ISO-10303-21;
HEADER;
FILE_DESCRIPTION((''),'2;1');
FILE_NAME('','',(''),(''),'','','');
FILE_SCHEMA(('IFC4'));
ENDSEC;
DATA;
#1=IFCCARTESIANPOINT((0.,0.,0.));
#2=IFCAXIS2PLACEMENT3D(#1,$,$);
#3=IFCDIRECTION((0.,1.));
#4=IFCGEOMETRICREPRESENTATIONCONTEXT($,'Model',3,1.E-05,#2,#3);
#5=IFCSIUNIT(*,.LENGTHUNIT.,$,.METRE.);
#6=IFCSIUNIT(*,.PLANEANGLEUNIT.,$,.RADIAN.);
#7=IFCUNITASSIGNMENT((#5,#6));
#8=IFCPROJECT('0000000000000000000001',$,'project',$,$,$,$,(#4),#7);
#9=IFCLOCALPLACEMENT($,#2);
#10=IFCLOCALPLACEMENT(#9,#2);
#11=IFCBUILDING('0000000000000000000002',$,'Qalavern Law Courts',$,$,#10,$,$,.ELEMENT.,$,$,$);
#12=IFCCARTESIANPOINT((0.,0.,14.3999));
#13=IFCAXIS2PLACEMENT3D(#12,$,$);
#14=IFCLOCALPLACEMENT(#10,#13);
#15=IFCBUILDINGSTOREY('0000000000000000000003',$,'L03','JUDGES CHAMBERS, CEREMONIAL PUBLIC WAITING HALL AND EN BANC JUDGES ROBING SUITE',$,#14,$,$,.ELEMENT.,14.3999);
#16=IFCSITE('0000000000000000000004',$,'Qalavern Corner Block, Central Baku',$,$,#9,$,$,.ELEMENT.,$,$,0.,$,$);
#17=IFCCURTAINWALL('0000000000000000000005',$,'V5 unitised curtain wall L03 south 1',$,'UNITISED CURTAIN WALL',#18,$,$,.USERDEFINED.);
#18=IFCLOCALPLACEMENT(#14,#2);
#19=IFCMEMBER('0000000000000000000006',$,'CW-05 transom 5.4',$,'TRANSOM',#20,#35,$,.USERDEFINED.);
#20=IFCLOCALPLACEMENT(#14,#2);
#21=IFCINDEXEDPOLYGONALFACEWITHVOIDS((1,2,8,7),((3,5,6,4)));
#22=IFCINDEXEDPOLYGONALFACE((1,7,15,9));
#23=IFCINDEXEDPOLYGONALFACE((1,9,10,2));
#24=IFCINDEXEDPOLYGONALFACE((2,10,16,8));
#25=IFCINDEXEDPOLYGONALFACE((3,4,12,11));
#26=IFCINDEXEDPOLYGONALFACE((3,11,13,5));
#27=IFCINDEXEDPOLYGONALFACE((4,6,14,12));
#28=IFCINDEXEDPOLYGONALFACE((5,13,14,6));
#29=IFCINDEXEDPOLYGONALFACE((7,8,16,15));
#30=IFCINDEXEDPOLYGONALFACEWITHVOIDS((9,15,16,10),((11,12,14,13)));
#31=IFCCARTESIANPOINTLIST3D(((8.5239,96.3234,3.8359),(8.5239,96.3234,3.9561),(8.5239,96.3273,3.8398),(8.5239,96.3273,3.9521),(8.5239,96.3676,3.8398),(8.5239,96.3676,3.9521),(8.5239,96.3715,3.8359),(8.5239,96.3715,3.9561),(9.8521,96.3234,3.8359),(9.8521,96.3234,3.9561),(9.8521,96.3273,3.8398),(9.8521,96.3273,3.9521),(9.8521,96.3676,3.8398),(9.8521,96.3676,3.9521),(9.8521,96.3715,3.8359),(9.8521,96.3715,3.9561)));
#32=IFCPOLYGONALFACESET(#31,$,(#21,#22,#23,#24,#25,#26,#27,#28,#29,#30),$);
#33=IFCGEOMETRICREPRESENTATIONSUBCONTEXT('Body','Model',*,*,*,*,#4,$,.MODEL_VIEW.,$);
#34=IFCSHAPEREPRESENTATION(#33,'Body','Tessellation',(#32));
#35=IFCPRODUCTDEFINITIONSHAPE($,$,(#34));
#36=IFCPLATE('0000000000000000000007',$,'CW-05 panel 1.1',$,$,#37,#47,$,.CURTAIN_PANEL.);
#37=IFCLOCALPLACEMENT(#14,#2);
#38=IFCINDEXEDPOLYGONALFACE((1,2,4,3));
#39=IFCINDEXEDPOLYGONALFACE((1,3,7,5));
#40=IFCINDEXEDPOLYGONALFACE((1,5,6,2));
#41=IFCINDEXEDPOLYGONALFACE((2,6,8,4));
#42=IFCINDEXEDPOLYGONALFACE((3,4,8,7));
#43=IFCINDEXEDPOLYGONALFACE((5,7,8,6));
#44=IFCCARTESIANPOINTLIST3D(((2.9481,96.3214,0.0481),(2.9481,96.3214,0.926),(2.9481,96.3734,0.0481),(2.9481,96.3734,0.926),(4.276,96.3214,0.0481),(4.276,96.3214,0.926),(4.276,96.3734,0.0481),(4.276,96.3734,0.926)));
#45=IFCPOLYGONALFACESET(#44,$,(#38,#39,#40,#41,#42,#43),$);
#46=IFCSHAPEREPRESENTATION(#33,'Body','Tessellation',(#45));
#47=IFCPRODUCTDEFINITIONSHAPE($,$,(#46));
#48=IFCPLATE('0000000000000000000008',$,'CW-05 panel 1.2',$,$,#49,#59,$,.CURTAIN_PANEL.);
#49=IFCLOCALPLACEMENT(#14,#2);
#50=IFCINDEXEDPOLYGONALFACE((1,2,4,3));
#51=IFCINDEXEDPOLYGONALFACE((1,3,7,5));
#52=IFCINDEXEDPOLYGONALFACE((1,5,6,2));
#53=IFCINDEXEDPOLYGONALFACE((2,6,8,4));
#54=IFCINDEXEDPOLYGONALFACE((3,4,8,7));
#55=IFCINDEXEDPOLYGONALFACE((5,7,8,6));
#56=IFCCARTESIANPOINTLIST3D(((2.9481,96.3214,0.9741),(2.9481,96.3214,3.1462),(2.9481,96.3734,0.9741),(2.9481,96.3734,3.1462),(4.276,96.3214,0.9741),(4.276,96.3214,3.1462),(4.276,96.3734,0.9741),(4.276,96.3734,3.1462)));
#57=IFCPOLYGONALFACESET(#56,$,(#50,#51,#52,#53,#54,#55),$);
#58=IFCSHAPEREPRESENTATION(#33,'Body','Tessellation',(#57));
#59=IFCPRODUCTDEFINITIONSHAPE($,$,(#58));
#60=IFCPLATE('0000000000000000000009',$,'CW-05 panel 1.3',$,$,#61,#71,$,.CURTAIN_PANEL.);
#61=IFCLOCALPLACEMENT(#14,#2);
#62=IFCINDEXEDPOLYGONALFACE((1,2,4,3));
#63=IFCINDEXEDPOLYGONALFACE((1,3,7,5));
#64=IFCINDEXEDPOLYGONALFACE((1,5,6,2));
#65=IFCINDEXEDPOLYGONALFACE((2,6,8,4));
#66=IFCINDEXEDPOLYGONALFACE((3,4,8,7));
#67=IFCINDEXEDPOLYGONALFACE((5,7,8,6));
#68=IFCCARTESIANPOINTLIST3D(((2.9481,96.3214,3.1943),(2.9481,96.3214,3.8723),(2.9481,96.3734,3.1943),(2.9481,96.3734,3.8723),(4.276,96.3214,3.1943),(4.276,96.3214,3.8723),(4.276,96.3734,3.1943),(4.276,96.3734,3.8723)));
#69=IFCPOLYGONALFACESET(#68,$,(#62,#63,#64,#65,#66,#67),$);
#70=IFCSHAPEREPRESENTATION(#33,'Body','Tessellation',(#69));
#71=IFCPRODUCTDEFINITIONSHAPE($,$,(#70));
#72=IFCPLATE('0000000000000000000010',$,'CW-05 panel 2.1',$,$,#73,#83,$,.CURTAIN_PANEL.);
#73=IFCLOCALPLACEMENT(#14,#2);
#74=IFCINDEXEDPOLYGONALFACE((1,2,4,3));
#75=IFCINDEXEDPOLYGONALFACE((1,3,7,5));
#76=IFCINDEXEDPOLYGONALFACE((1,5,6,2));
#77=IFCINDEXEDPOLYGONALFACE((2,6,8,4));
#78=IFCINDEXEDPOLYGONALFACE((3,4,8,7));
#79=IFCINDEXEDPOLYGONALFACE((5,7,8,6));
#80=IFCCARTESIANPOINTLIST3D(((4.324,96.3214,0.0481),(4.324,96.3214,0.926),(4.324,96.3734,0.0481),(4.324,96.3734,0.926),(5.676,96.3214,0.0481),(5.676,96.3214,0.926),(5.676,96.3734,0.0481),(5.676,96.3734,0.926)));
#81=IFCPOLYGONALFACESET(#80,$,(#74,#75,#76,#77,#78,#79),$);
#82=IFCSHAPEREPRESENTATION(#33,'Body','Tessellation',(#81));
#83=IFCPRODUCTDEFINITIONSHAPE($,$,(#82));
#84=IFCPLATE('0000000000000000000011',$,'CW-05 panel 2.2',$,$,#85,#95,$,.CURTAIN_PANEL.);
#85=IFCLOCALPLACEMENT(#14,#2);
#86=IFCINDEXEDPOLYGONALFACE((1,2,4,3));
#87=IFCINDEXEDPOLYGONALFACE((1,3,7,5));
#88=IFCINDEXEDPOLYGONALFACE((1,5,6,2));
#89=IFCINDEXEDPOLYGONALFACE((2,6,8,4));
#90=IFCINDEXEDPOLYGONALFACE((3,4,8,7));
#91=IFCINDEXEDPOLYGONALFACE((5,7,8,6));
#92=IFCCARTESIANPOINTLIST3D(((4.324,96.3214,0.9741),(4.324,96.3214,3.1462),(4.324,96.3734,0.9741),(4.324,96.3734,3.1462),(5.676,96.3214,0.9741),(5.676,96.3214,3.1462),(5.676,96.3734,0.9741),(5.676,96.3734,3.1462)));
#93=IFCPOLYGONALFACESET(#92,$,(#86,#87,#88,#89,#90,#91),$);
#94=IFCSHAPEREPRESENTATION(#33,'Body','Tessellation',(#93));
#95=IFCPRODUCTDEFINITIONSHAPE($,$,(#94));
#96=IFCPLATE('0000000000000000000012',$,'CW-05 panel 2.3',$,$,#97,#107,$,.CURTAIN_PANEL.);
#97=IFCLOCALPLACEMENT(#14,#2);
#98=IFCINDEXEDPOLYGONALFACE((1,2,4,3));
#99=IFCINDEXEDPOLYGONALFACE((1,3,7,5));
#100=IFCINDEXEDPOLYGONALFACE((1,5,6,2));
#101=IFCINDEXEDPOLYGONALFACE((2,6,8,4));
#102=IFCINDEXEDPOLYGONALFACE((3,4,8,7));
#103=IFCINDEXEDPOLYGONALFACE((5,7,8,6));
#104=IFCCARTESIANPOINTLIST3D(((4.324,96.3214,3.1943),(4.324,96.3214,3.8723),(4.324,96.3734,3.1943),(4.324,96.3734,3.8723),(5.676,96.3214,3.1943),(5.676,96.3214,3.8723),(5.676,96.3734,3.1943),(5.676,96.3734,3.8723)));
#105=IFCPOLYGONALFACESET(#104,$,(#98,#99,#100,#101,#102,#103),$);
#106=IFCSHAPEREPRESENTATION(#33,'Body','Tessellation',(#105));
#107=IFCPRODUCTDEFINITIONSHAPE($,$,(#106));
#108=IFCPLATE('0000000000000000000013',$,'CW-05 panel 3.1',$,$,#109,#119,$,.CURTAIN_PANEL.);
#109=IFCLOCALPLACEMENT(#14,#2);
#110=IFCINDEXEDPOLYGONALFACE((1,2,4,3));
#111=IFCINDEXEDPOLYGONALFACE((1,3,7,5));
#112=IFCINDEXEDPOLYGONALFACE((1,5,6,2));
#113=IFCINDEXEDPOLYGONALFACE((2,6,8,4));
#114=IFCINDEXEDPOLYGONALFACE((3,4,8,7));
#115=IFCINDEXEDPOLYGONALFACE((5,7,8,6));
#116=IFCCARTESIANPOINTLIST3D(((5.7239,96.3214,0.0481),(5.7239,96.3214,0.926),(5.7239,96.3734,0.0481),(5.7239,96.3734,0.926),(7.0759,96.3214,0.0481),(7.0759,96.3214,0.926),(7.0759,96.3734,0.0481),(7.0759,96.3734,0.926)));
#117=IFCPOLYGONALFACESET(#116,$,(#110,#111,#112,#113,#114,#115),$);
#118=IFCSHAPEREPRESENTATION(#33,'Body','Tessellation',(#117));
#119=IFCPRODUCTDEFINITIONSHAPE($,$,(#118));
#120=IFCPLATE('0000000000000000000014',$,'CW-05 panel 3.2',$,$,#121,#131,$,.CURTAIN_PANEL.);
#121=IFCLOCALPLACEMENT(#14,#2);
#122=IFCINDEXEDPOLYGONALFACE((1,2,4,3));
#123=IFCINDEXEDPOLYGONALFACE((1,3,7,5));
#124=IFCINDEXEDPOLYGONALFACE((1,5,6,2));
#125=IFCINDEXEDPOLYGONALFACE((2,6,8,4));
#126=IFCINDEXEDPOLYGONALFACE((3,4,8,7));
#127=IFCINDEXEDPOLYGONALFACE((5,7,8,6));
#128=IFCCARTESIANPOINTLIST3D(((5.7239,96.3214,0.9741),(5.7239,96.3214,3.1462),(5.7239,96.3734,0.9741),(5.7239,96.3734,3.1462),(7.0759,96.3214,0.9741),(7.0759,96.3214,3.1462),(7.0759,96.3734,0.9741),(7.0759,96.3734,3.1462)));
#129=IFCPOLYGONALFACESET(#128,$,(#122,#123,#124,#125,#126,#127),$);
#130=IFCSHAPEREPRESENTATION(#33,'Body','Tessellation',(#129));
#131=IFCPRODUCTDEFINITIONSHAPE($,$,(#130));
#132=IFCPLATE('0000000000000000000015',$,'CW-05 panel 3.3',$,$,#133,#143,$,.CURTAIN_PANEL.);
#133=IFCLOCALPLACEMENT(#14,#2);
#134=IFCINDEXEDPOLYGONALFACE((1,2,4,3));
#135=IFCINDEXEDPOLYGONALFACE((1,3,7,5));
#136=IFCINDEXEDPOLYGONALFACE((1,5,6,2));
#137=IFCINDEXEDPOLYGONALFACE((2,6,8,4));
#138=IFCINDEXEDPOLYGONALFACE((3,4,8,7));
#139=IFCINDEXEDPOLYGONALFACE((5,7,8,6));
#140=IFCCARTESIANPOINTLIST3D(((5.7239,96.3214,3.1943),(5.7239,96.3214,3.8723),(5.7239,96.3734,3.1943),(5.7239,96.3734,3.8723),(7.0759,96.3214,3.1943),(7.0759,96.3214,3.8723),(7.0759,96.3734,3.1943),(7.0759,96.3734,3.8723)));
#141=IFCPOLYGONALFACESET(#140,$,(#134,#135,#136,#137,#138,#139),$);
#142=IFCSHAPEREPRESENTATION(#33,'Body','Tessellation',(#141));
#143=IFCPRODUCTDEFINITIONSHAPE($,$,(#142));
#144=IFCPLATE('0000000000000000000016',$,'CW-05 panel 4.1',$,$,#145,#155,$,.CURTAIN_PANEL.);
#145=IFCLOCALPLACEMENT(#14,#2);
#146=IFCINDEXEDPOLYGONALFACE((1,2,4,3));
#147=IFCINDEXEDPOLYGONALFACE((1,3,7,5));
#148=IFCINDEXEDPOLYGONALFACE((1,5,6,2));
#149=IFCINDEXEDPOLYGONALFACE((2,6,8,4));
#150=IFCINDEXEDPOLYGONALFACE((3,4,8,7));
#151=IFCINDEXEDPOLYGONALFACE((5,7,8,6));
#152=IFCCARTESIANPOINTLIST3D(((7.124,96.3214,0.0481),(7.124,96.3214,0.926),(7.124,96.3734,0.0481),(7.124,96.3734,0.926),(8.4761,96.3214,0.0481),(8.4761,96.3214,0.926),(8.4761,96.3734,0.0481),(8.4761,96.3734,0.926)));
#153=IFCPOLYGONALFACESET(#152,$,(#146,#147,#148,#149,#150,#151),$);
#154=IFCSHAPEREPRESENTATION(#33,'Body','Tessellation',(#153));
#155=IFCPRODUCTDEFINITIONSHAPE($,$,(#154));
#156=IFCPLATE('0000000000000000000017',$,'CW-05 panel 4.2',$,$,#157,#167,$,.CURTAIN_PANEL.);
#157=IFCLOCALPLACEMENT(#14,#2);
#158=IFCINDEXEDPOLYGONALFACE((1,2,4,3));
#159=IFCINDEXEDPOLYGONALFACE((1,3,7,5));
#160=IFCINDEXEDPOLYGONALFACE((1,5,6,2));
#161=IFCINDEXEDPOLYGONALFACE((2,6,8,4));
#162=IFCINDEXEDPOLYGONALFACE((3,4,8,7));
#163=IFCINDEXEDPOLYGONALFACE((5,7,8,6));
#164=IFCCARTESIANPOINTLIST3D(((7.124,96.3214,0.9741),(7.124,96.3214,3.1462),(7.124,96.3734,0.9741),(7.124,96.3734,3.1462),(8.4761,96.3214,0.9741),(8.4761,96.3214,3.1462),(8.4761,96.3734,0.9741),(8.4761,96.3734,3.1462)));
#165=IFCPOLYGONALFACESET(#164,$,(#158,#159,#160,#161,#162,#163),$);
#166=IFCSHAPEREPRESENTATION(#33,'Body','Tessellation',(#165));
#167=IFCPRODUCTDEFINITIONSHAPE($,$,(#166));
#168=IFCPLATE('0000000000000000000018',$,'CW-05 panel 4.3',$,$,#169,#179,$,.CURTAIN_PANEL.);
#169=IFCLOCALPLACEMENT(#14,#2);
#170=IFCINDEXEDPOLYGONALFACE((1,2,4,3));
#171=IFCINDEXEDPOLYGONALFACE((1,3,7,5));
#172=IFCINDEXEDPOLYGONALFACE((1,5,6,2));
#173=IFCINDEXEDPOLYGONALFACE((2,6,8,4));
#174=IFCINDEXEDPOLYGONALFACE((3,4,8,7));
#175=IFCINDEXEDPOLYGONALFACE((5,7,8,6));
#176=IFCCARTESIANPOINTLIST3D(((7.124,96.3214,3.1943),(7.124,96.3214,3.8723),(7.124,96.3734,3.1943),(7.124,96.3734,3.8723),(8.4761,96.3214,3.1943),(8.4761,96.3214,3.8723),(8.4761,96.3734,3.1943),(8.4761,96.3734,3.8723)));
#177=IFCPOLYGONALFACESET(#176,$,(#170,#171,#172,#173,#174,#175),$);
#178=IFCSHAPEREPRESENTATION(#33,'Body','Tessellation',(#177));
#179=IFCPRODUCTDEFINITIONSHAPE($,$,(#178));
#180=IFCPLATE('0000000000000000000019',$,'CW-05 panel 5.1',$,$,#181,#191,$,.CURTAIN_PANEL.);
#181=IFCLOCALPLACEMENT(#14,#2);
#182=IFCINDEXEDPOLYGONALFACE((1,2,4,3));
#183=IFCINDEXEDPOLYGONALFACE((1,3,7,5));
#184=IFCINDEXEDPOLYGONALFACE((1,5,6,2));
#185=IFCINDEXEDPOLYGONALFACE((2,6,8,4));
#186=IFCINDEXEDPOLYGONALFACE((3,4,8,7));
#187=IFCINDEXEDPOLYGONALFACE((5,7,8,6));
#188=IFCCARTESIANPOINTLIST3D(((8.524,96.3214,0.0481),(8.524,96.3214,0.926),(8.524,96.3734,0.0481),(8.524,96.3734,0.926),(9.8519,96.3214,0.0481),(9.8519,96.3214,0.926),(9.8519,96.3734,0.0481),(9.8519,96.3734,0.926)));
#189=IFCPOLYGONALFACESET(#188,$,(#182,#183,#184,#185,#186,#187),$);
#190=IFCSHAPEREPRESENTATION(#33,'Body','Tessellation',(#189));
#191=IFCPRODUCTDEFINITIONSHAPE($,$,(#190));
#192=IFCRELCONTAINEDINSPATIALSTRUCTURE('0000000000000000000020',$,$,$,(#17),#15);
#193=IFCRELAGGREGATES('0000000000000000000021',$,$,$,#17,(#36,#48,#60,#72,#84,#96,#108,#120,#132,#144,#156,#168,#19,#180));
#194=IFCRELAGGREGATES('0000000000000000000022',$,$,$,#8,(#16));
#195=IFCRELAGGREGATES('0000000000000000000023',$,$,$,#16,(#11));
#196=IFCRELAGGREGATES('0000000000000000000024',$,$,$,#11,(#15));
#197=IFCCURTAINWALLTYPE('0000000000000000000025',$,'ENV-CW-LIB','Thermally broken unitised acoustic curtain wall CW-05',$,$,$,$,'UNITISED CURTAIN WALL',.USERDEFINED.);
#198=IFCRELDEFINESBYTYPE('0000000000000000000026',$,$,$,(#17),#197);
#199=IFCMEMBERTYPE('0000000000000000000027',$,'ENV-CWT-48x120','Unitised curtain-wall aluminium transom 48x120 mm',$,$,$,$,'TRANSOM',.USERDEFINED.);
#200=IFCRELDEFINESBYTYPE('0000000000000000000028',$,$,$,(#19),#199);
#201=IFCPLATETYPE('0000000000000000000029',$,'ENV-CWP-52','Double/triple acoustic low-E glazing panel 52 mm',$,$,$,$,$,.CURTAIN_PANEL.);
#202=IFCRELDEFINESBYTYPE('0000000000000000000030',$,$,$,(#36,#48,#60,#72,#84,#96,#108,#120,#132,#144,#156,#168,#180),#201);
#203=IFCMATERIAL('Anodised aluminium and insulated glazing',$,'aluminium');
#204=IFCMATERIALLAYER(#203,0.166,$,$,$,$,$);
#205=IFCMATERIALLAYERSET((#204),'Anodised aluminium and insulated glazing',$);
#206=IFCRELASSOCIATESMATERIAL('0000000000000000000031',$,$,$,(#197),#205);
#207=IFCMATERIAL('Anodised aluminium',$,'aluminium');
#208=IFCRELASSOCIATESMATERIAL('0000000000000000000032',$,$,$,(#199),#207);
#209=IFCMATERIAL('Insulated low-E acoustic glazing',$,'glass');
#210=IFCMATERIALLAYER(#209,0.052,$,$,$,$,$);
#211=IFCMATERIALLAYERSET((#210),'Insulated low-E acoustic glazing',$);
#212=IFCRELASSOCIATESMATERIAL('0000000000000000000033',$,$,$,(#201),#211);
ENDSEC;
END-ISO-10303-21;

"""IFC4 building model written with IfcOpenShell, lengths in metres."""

from ifc_helpers import new_model, si_unit, direction, frame, origin, origin_2d, place, context, subcontext, project, spatial, rectangle, hollow_rectangle, extrude, material, layer, layer_set, material_profile, profile_set, type_object, element, aggregate, save


model = new_model("IFC4")

# Units and contexts
model_context = context("Model", 3, precision=1e-05, world=origin(), true_north=direction((0.0, 1.0)))
body_context = subcontext(model_context, "Body", "Model", "MODEL_VIEW")
ifc_project = project(units=[si_unit("LENGTHUNIT", "METRE"), si_unit("PLANEANGLEUNIT", "RADIAN")], contexts=[model_context])

# Site, building, storey
site_placement = place(None, origin())
site = spatial("IfcSite", under=ifc_project, at=site_placement, Name="Qalavern Corner Block, Central Baku", CompositionType="ELEMENT", RefElevation=0.0)
building_placement = place(site_placement, origin())
building = spatial("IfcBuilding", under=site, at=building_placement, Name="Qalavern Law Courts", CompositionType="ELEMENT")
storey_placement = place(building_placement, frame((0.0, 0.0, 14.3999)))
storey = spatial("IfcBuildingStorey", under=building, at=storey_placement, Name="L03", Description="JUDGES CHAMBERS, CEREMONIAL PUBLIC WAITING HALL AND EN BANC JUDGES ROBING SUITE", CompositionType="ELEMENT", Elevation=14.3999)

# Curtain wall, member, plates
ifc_material_1 = material(Name="Anodised aluminium and insulated glazing", Category="aluminium")
ifc_layer_1 = layer(ifc_material_1, 0.166)
ifc_layer_set_1 = layer_set([ifc_layer_1], Name="Anodised aluminium and insulated glazing")
curtain_wall_type = type_object("IfcCurtainWallType", Name="ENV-CW-LIB", Description="Thermally broken unitised acoustic curtain wall CW-05", ElementType="UNITISED CURTAIN WALL", PredefinedType="USERDEFINED", material=ifc_layer_set_1)
curtain_wall_placement = place(storey_placement, origin())
curtain_wall = element("IfcCurtainWall", 1, at=curtain_wall_placement, inside=storey, type_object=curtain_wall_type, Name="V5 unitised curtain wall L03 south 1", ObjectType="UNITISED CURTAIN WALL", PredefinedType="USERDEFINED")
ifc_material_2 = material(Name="Anodised aluminium", Category="aluminium")
ifc_material_profile_1 = material_profile(ifc_material_2, hollow_rectangle(XDim=0.0481, YDim=0.1201, WallThickness=0.0039, at=origin_2d()), Name="ALU TRANSOM 48x120")
ifc_profile_set_1 = profile_set([ifc_material_profile_1], Name="Anodised aluminium")
member_type_1 = type_object("IfcMemberType", Name="ENV-CWT-48x120", Description="Unitised curtain-wall aluminium transom 48x120 mm", ElementType="TRANSOM", PredefinedType="USERDEFINED", material=ifc_profile_set_1)
member_1_placement = place(storey_placement, frame((8.5239, 96.3474, 3.896), z_axis=(1.0, 0.0, 0.0), x_axis=(0.0, 1.0, 0.0)))
member_1 = element("IfcMember", 2, at=member_1_placement, type_object=member_type_1, Name="CW-05 transom 5.4", ObjectType="TRANSOM", PredefinedType="USERDEFINED", context=body_context, shape_type="SweptSolid", body=[
    extrude(hollow_rectangle(XDim=0.0481, YDim=0.1201, WallThickness=0.0039, at=origin_2d()), origin(), (0.0, 0.0, 1.0), 1.3281),
])
ifc_material_3 = material(Name="Insulated low-E acoustic glazing", Category="glass")
ifc_layer_2 = layer(ifc_material_3, 0.052)
ifc_layer_set_2 = layer_set([ifc_layer_2], Name="Insulated low-E acoustic glazing")
plate_type = type_object("IfcPlateType", Name="ENV-CWP-52", Description="Double/triple acoustic low-E glazing panel 52 mm", PredefinedType="CURTAIN_PANEL", material=ifc_layer_set_2)
plate_1_placement = place(storey_placement, frame((3.6121, 96.3474, 0.0481), z_axis=(0.0, 0.0, 1.0), x_axis=(1.0, 0.0, 0.0)))
plate_1 = element("IfcPlate", 3, at=plate_1_placement, type_object=plate_type, Name="CW-05 panel 1.1", PredefinedType="CURTAIN_PANEL", context=body_context, shape_type="SweptSolid", body=[
    extrude(rectangle(XDim=1.3279, YDim=0.052, at=origin_2d()), origin(), (0.0, 0.0, 1.0), 0.8779),
])
plate_2_placement = place(storey_placement, frame((3.6121, 96.3474, 0.9741), z_axis=(0.0, 0.0, 1.0), x_axis=(1.0, 0.0, 0.0)))
plate_2 = element("IfcPlate", 4, at=plate_2_placement, type_object=plate_type, Name="CW-05 panel 1.2", PredefinedType="CURTAIN_PANEL", context=body_context, shape_type="SweptSolid", body=[
    extrude(rectangle(XDim=1.3279, YDim=0.052, at=origin_2d()), origin(), (0.0, 0.0, 1.0), 2.1721),
])
plate_3_placement = place(storey_placement, frame((3.6121, 96.3474, 3.1943), z_axis=(0.0, 0.0, 1.0), x_axis=(1.0, 0.0, 0.0)))
plate_3 = element("IfcPlate", 5, at=plate_3_placement, type_object=plate_type, Name="CW-05 panel 1.3", PredefinedType="CURTAIN_PANEL", context=body_context, shape_type="SweptSolid", body=[
    extrude(rectangle(XDim=1.3279, YDim=0.052, at=origin_2d()), origin(), (0.0, 0.0, 1.0), 0.678),
])
plate_4_placement = place(storey_placement, frame((5.0, 96.3474, 0.0481), z_axis=(0.0, 0.0, 1.0), x_axis=(1.0, 0.0, 0.0)))
plate_4 = element("IfcPlate", 6, at=plate_4_placement, type_object=plate_type, Name="CW-05 panel 2.1", PredefinedType="CURTAIN_PANEL", context=body_context, shape_type="SweptSolid", body=[
    extrude(rectangle(XDim=1.3521, YDim=0.052, at=origin_2d()), origin(), (0.0, 0.0, 1.0), 0.8779),
])
plate_5_placement = place(storey_placement, frame((5.0, 96.3474, 0.9741), z_axis=(0.0, 0.0, 1.0), x_axis=(1.0, 0.0, 0.0)))
plate_5 = element("IfcPlate", 7, at=plate_5_placement, type_object=plate_type, Name="CW-05 panel 2.2", PredefinedType="CURTAIN_PANEL", context=body_context, shape_type="SweptSolid", body=[
    extrude(rectangle(XDim=1.3521, YDim=0.052, at=origin_2d()), origin(), (0.0, 0.0, 1.0), 2.1721),
])
plate_6_placement = place(storey_placement, frame((5.0, 96.3474, 3.1943), z_axis=(0.0, 0.0, 1.0), x_axis=(1.0, 0.0, 0.0)))
plate_6 = element("IfcPlate", 8, at=plate_6_placement, type_object=plate_type, Name="CW-05 panel 2.3", PredefinedType="CURTAIN_PANEL", context=body_context, shape_type="SweptSolid", body=[
    extrude(rectangle(XDim=1.3521, YDim=0.052, at=origin_2d()), origin(), (0.0, 0.0, 1.0), 0.678),
])
plate_7_placement = place(storey_placement, frame((6.3999, 96.3474, 0.0481), z_axis=(0.0, 0.0, 1.0), x_axis=(1.0, 0.0, 0.0)))
plate_7 = element("IfcPlate", 9, at=plate_7_placement, type_object=plate_type, Name="CW-05 panel 3.1", PredefinedType="CURTAIN_PANEL", context=body_context, shape_type="SweptSolid", body=[
    extrude(rectangle(XDim=1.3521, YDim=0.052, at=origin_2d()), origin(), (0.0, 0.0, 1.0), 0.8779),
])
plate_8_placement = place(storey_placement, frame((6.3999, 96.3474, 0.9741), z_axis=(0.0, 0.0, 1.0), x_axis=(1.0, 0.0, 0.0)))
plate_8 = element("IfcPlate", 10, at=plate_8_placement, type_object=plate_type, Name="CW-05 panel 3.2", PredefinedType="CURTAIN_PANEL", context=body_context, shape_type="SweptSolid", body=[
    extrude(rectangle(XDim=1.3521, YDim=0.052, at=origin_2d()), origin(), (0.0, 0.0, 1.0), 2.1721),
])
plate_9_placement = place(storey_placement, frame((6.3999, 96.3474, 3.1943), z_axis=(0.0, 0.0, 1.0), x_axis=(1.0, 0.0, 0.0)))
plate_9 = element("IfcPlate", 11, at=plate_9_placement, type_object=plate_type, Name="CW-05 panel 3.3", PredefinedType="CURTAIN_PANEL", context=body_context, shape_type="SweptSolid", body=[
    extrude(rectangle(XDim=1.3521, YDim=0.052, at=origin_2d()), origin(), (0.0, 0.0, 1.0), 0.678),
])
plate_10_placement = place(storey_placement, frame((7.8, 96.3474, 0.0481), z_axis=(0.0, 0.0, 1.0), x_axis=(1.0, 0.0, 0.0)))
plate_10 = element("IfcPlate", 12, at=plate_10_placement, type_object=plate_type, Name="CW-05 panel 4.1", PredefinedType="CURTAIN_PANEL", context=body_context, shape_type="SweptSolid", body=[
    extrude(rectangle(XDim=1.3521, YDim=0.052, at=origin_2d()), origin(), (0.0, 0.0, 1.0), 0.8779),
])
plate_11_placement = place(storey_placement, frame((7.8, 96.3474, 0.9741), z_axis=(0.0, 0.0, 1.0), x_axis=(1.0, 0.0, 0.0)))
plate_11 = element("IfcPlate", 13, at=plate_11_placement, type_object=plate_type, Name="CW-05 panel 4.2", PredefinedType="CURTAIN_PANEL", context=body_context, shape_type="SweptSolid", body=[
    extrude(rectangle(XDim=1.3521, YDim=0.052, at=origin_2d()), origin(), (0.0, 0.0, 1.0), 2.1721),
])
plate_12_placement = place(storey_placement, frame((7.8, 96.3474, 3.1943), z_axis=(0.0, 0.0, 1.0), x_axis=(1.0, 0.0, 0.0)))
plate_12 = element("IfcPlate", 14, at=plate_12_placement, type_object=plate_type, Name="CW-05 panel 4.3", PredefinedType="CURTAIN_PANEL", context=body_context, shape_type="SweptSolid", body=[
    extrude(rectangle(XDim=1.3521, YDim=0.052, at=origin_2d()), origin(), (0.0, 0.0, 1.0), 0.678),
])
plate_13_placement = place(storey_placement, frame((9.188, 96.3474, 0.0481), z_axis=(0.0, 0.0, 1.0), x_axis=(1.0, 0.0, 0.0)))
plate_13 = element("IfcPlate", 15, at=plate_13_placement, type_object=plate_type, Name="CW-05 panel 5.1", PredefinedType="CURTAIN_PANEL", context=body_context, shape_type="SweptSolid", body=[
    extrude(rectangle(XDim=1.3279, YDim=0.052, at=origin_2d()), origin(), (0.0, 0.0, 1.0), 0.8779),
])
aggregate(curtain_wall, [plate_1, plate_2, plate_3, plate_4, plate_5, plate_6, plate_7, plate_8, plate_9, plate_10, plate_11, plate_12, member_1, plate_13])

save(model, "model.ifc")
